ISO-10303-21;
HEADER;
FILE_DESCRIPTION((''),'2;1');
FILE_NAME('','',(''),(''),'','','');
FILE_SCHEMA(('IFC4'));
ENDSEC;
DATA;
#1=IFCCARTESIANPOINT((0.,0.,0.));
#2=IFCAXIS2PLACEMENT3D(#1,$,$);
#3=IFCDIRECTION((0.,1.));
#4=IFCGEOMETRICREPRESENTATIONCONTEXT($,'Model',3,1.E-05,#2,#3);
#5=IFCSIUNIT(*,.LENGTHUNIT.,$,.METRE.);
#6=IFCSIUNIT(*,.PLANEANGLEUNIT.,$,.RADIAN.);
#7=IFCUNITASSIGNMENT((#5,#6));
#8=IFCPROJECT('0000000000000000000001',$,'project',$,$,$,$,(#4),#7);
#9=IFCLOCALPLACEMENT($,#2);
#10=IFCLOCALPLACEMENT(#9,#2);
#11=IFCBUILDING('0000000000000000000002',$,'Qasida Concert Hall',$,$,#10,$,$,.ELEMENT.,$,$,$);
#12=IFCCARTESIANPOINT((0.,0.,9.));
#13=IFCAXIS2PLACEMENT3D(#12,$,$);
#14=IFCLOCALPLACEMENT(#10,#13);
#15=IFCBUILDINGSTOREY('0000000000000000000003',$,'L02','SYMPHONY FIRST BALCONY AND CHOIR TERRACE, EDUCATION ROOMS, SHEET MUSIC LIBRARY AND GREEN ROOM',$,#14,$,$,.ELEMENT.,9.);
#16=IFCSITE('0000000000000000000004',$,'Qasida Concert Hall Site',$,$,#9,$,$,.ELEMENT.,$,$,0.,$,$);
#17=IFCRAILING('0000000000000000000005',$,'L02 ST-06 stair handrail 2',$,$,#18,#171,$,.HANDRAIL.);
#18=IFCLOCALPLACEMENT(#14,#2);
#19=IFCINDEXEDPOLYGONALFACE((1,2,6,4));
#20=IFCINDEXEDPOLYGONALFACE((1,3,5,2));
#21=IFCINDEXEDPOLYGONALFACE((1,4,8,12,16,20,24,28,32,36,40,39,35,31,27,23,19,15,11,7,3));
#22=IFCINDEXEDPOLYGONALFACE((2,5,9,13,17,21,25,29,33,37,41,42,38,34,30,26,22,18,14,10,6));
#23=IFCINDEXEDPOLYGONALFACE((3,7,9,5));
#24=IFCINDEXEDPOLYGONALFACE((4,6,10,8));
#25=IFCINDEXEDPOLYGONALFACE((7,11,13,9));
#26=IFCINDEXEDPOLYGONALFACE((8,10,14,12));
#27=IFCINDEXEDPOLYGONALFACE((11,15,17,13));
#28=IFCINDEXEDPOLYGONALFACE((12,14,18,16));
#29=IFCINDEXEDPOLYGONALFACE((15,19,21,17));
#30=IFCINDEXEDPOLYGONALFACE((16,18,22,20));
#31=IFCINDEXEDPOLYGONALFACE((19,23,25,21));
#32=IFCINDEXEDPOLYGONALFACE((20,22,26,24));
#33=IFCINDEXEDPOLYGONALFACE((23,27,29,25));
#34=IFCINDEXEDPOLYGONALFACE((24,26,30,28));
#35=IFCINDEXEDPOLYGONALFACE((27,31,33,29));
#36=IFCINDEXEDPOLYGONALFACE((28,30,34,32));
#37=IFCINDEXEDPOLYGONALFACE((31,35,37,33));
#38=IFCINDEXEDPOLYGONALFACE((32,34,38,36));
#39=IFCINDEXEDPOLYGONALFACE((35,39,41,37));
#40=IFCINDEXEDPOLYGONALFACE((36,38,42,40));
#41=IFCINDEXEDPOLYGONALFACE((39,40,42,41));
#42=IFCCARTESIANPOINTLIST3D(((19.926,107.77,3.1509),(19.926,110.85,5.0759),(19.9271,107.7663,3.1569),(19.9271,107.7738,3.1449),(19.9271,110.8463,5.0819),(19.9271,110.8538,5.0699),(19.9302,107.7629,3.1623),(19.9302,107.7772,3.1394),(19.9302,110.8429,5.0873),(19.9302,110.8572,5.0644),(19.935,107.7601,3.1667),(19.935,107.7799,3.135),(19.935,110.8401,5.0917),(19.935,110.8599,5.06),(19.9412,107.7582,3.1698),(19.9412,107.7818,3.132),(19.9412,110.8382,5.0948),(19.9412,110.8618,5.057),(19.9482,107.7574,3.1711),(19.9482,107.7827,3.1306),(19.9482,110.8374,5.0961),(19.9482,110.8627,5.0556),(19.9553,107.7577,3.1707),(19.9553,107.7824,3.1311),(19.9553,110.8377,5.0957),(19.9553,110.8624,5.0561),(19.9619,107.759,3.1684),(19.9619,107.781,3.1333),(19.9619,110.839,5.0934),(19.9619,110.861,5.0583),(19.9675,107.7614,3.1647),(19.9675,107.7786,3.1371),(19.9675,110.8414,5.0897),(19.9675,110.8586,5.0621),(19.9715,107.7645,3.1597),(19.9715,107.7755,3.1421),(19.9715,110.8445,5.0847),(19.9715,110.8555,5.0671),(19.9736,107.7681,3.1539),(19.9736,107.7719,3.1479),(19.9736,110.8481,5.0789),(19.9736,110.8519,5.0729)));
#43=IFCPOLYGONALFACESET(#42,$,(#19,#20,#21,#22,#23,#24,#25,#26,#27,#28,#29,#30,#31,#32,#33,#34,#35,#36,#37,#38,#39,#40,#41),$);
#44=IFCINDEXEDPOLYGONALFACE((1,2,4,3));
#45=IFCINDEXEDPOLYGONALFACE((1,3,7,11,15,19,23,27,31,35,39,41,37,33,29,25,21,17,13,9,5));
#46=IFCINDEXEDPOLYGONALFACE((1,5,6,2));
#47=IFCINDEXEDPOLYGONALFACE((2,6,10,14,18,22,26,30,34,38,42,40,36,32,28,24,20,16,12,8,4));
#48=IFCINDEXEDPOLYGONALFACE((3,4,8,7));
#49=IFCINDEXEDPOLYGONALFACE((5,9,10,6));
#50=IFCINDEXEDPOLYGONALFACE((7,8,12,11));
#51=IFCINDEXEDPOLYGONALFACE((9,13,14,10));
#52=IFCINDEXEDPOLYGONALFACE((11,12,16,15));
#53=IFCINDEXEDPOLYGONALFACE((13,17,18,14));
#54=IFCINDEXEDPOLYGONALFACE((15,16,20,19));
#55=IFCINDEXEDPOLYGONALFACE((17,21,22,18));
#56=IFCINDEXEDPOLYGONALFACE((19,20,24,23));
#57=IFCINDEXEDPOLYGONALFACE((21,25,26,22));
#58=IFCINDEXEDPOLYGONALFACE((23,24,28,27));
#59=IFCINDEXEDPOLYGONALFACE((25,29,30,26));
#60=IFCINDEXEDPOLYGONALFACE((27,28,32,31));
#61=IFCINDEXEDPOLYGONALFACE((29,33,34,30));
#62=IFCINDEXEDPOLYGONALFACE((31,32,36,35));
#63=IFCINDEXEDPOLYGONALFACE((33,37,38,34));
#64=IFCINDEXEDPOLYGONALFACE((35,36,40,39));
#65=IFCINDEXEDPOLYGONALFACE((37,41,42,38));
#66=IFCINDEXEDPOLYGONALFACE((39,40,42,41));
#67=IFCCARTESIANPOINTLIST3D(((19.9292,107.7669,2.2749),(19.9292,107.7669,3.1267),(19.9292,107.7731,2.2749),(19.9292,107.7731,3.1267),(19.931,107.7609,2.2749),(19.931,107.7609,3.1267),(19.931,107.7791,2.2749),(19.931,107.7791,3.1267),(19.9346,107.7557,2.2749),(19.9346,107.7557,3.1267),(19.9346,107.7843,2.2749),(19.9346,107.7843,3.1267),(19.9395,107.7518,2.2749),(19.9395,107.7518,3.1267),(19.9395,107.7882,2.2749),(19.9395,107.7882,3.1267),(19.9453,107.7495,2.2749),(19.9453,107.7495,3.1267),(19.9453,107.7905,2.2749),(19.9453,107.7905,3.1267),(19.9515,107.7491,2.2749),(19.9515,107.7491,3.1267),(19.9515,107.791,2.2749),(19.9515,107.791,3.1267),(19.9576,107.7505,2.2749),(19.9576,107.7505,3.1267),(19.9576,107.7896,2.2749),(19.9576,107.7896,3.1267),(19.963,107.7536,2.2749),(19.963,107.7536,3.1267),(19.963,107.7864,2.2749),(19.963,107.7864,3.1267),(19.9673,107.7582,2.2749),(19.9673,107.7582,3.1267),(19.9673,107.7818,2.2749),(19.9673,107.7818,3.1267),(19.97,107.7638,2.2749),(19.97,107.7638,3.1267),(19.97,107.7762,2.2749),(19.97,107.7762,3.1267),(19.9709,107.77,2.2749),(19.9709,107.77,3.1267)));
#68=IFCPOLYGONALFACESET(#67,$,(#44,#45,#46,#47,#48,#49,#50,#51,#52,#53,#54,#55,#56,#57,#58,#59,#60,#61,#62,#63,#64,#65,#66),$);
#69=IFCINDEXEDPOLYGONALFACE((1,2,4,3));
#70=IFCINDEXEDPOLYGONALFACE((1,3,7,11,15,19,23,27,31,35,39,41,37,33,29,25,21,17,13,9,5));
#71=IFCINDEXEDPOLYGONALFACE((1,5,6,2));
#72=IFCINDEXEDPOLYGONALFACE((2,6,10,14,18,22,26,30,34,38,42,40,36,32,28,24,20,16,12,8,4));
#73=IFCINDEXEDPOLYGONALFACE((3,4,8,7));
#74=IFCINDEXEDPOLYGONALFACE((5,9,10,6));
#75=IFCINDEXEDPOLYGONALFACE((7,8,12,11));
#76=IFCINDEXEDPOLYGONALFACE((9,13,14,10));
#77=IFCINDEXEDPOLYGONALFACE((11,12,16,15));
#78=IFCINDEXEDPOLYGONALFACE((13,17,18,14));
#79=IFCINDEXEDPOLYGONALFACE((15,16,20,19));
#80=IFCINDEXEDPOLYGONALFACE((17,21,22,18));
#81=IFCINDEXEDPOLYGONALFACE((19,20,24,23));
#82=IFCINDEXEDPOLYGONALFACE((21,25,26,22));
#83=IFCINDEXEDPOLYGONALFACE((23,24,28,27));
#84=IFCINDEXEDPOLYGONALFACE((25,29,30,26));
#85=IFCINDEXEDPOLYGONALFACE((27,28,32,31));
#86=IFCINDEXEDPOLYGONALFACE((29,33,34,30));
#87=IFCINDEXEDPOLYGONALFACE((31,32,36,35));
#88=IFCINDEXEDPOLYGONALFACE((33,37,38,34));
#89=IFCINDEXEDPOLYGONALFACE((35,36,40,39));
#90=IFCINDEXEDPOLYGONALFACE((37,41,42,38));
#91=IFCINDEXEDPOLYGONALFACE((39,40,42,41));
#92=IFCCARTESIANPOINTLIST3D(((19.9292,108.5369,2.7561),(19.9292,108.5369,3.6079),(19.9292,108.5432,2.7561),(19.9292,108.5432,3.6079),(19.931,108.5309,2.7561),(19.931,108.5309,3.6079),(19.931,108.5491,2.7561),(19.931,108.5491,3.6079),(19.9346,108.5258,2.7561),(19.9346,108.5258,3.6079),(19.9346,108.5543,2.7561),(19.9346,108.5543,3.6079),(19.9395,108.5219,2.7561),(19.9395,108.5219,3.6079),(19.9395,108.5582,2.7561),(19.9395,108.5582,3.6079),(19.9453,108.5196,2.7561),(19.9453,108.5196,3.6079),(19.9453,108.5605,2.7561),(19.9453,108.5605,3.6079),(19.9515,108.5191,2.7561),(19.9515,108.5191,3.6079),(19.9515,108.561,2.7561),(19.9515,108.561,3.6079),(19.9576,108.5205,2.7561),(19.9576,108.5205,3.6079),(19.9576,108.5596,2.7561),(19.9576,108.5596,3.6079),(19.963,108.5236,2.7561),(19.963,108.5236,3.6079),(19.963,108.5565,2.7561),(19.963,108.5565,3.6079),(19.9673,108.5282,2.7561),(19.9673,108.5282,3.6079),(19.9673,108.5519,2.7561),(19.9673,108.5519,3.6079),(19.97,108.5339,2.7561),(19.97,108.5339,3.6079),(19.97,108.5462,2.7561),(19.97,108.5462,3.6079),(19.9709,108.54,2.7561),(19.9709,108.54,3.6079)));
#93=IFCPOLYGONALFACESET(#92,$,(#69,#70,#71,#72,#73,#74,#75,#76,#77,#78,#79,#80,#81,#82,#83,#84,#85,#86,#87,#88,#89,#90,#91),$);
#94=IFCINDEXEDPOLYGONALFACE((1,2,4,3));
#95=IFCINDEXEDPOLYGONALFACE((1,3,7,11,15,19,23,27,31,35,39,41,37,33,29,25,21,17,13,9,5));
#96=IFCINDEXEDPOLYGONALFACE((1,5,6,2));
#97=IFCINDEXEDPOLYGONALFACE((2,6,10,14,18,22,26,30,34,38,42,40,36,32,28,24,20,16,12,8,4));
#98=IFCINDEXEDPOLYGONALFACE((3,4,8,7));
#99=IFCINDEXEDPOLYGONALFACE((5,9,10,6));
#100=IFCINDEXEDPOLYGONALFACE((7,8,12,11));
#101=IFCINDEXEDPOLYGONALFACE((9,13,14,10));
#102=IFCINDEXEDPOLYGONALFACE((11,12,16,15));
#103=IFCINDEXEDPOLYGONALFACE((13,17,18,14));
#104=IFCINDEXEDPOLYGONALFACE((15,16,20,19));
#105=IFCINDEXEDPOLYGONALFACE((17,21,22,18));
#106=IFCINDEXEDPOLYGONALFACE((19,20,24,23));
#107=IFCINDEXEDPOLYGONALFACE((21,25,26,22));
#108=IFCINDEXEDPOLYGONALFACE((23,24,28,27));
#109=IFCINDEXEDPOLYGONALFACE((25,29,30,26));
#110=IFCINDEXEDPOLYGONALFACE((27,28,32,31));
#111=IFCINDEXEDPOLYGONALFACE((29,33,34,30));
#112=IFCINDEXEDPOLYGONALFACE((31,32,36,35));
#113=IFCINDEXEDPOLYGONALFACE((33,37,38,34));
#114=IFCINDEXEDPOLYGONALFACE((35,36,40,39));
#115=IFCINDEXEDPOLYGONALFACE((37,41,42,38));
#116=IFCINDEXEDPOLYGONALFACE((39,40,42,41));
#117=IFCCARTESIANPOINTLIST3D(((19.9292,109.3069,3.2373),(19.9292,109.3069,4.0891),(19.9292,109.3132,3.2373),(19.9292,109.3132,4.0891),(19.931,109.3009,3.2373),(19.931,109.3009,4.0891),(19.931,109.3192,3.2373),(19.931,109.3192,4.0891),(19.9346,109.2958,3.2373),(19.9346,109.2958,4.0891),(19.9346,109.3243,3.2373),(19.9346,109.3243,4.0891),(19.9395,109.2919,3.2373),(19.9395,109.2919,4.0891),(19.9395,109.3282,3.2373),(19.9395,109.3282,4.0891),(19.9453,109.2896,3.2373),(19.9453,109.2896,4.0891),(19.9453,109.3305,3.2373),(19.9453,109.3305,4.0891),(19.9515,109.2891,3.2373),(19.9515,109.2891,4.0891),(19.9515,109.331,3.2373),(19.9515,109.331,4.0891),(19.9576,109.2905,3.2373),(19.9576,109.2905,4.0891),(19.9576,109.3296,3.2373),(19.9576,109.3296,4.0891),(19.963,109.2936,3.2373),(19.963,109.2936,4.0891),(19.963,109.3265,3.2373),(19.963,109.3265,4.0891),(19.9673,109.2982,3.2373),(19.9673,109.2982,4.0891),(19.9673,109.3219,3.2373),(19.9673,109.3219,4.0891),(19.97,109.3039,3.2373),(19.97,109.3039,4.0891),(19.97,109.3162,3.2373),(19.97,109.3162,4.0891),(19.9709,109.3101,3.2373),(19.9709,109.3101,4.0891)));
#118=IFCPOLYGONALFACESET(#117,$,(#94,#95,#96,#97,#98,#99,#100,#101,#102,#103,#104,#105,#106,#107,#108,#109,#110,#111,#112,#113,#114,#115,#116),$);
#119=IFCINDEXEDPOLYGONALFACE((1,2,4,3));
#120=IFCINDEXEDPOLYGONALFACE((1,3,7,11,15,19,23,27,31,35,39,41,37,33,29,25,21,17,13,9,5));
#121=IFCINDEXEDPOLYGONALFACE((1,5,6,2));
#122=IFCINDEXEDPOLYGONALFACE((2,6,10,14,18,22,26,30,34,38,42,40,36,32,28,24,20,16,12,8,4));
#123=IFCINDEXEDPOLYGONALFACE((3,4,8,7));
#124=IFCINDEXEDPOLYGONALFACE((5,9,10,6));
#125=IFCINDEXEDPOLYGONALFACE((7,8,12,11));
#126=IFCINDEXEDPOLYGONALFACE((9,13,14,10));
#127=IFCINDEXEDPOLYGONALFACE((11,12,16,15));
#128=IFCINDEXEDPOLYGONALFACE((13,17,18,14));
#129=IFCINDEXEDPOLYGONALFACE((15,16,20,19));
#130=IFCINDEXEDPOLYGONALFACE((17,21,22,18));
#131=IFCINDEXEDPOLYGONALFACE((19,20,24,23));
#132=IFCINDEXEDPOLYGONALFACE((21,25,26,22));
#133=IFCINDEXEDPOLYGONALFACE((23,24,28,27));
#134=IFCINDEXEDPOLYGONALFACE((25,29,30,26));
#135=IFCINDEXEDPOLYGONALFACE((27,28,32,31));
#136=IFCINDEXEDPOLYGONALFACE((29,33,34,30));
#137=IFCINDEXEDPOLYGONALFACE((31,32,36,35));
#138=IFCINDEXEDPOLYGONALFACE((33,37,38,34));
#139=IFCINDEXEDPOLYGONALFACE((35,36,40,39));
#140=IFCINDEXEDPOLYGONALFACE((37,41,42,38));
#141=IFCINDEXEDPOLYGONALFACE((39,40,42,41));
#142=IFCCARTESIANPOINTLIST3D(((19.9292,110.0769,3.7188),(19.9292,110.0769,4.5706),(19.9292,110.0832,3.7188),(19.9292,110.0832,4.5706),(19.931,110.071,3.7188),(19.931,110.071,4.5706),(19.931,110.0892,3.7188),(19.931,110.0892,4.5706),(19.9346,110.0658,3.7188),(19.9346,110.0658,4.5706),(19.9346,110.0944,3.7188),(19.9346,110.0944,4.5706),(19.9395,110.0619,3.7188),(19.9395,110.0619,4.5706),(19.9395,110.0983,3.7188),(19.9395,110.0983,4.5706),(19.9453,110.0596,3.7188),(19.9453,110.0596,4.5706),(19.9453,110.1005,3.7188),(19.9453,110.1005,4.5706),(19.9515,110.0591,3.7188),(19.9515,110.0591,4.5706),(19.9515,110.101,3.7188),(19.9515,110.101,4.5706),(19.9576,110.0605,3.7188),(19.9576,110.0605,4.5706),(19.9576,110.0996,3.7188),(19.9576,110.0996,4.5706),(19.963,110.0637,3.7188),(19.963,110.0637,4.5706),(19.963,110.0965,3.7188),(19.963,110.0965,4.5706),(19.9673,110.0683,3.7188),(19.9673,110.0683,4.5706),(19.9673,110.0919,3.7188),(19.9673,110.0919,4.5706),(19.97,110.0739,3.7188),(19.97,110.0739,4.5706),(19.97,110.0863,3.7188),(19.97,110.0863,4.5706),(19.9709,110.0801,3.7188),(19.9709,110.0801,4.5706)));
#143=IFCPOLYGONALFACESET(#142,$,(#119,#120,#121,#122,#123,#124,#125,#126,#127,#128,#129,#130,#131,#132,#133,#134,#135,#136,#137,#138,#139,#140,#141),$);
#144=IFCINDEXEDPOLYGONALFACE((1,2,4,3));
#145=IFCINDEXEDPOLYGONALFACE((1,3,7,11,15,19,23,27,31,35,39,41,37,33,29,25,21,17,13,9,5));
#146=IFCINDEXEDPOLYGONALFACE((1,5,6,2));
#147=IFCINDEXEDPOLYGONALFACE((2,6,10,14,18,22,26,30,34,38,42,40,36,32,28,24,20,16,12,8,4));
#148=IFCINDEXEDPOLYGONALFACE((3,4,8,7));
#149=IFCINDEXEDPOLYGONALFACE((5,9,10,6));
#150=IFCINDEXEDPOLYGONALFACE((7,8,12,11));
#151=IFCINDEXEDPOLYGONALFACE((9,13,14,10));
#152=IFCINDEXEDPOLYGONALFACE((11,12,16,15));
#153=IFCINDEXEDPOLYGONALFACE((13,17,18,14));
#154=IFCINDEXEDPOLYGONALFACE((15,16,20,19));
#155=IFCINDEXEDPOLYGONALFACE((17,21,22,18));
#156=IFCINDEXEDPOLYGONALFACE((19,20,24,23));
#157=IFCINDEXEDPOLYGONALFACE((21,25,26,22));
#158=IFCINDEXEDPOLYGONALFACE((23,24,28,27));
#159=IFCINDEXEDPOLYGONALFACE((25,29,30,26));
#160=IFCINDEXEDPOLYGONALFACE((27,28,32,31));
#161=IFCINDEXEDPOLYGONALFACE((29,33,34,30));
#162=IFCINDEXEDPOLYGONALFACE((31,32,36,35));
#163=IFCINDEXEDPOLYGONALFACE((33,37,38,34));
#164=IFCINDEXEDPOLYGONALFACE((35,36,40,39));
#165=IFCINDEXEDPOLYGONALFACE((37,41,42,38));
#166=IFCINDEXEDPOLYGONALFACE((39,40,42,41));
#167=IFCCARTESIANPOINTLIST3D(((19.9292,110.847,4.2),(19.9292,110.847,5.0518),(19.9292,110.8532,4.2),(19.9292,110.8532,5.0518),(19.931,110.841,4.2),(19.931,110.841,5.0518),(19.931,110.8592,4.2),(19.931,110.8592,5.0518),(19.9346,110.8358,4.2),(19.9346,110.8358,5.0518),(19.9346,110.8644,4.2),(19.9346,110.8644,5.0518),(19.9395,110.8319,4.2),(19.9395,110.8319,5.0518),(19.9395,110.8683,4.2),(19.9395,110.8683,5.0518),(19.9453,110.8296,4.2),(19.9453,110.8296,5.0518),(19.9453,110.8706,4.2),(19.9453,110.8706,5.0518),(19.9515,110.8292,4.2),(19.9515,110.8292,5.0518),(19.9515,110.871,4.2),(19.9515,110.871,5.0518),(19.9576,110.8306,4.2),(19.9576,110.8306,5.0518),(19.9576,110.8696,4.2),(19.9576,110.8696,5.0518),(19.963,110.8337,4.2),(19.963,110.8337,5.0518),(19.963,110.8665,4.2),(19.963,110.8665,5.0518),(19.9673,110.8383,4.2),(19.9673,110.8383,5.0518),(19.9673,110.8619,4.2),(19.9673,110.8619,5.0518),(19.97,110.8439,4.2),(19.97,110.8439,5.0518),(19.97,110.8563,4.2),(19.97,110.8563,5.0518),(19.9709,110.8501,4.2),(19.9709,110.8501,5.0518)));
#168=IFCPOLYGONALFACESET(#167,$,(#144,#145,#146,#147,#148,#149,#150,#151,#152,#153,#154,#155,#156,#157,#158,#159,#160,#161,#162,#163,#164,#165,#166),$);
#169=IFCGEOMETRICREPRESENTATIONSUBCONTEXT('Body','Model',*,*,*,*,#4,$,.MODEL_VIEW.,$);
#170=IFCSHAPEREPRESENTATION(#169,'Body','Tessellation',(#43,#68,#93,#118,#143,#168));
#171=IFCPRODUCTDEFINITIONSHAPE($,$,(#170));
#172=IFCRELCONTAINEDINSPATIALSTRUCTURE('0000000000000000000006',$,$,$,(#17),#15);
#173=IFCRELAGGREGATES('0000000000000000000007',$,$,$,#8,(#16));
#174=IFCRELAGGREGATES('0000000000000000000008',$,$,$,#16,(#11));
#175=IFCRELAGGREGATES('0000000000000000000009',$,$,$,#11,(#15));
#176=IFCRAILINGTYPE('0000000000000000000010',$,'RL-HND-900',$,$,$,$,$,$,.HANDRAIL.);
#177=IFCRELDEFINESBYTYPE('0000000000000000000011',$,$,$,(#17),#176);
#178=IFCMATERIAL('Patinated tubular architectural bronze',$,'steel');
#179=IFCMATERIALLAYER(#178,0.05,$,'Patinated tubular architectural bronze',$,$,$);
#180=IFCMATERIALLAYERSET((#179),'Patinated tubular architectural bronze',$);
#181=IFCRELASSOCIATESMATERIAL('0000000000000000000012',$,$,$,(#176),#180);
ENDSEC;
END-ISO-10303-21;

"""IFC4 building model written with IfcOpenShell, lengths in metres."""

from ifc_helpers import new_model, si_unit, direction, frame, origin, origin_2d, place, context, subcontext, project, spatial, circle, extrude, material, layer, layer_set, type_object, element, save


model = new_model("IFC4")

# Units and contexts
model_context = context("Model", 3, precision=1e-05, world=origin(), true_north=direction((0.0, 1.0)))
body_context = subcontext(model_context, "Body", "Model", "MODEL_VIEW")
ifc_project = project(units=[si_unit("LENGTHUNIT", "METRE"), si_unit("PLANEANGLEUNIT", "RADIAN")], contexts=[model_context])

# Site, building, storey
site_placement = place(None, origin())
site = spatial("IfcSite", under=ifc_project, at=site_placement, Name="Qasida Concert Hall Site", CompositionType="ELEMENT", RefElevation=0.0)
building_placement = place(site_placement, origin())
building = spatial("IfcBuilding", under=site, at=building_placement, Name="Qasida Concert Hall", CompositionType="ELEMENT")
storey_placement = place(building_placement, frame((0.0, 0.0, 9.0)))
storey = spatial("IfcBuildingStorey", under=building, at=storey_placement, Name="L02", Description="SYMPHONY FIRST BALCONY AND CHOIR TERRACE, EDUCATION ROOMS, SHEET MUSIC LIBRARY AND GREEN ROOM", CompositionType="ELEMENT", Elevation=9.0)

# Railing
ifc_material_1 = material(Name="Patinated tubular architectural bronze", Category="steel")
ifc_layer_1 = layer(ifc_material_1, 0.05, Name="Patinated tubular architectural bronze")
ifc_layer_set_1 = layer_set([ifc_layer_1], Name="Patinated tubular architectural bronze")
railing_type_1 = type_object("IfcRailingType", Name="RL-HND-900", PredefinedType="HANDRAIL", material=ifc_layer_set_1)
railing_1_placement = place(storey_placement, frame((19.95, 107.77, 2.2749)))
element("IfcRailing", 1, at=railing_1_placement, inside=storey, type_object=railing_type_1, Name="L02 ST-06 stair handrail 2", PredefinedType="HANDRAIL", context=body_context, shape_type="SweptSolid", body=[
    extrude(circle(Radius=0.0239, at=origin_2d()), frame((0.0, 0.0, 0.876), z_axis=(0.0, 0.847998, 0.529999), x_axis=(-1.0, 0.0, 0.0)), (0.0, 0.0, 1.0), 3.6321),
    extrude(circle(Radius=0.021, at=origin_2d()), origin(), (0.0, 0.0, 1.0), 0.8518),
    extrude(circle(Radius=0.021, at=origin_2d()), frame((0.0, 0.77, 0.4812)), (0.0, 0.0, 1.0), 0.8518),
    extrude(circle(Radius=0.021, at=origin_2d()), frame((0.0, 1.54, 0.9624)), (0.0, 0.0, 1.0), 0.8518),
    extrude(circle(Radius=0.021, at=origin_2d()), frame((0.0, 2.3101, 1.4438)), (0.0, 0.0, 1.0), 0.8518),
    extrude(circle(Radius=0.021, at=origin_2d()), frame((0.0, 3.0801, 1.925)), (0.0, 0.0, 1.0), 0.8518),
])

save(model, "model.ifc")
